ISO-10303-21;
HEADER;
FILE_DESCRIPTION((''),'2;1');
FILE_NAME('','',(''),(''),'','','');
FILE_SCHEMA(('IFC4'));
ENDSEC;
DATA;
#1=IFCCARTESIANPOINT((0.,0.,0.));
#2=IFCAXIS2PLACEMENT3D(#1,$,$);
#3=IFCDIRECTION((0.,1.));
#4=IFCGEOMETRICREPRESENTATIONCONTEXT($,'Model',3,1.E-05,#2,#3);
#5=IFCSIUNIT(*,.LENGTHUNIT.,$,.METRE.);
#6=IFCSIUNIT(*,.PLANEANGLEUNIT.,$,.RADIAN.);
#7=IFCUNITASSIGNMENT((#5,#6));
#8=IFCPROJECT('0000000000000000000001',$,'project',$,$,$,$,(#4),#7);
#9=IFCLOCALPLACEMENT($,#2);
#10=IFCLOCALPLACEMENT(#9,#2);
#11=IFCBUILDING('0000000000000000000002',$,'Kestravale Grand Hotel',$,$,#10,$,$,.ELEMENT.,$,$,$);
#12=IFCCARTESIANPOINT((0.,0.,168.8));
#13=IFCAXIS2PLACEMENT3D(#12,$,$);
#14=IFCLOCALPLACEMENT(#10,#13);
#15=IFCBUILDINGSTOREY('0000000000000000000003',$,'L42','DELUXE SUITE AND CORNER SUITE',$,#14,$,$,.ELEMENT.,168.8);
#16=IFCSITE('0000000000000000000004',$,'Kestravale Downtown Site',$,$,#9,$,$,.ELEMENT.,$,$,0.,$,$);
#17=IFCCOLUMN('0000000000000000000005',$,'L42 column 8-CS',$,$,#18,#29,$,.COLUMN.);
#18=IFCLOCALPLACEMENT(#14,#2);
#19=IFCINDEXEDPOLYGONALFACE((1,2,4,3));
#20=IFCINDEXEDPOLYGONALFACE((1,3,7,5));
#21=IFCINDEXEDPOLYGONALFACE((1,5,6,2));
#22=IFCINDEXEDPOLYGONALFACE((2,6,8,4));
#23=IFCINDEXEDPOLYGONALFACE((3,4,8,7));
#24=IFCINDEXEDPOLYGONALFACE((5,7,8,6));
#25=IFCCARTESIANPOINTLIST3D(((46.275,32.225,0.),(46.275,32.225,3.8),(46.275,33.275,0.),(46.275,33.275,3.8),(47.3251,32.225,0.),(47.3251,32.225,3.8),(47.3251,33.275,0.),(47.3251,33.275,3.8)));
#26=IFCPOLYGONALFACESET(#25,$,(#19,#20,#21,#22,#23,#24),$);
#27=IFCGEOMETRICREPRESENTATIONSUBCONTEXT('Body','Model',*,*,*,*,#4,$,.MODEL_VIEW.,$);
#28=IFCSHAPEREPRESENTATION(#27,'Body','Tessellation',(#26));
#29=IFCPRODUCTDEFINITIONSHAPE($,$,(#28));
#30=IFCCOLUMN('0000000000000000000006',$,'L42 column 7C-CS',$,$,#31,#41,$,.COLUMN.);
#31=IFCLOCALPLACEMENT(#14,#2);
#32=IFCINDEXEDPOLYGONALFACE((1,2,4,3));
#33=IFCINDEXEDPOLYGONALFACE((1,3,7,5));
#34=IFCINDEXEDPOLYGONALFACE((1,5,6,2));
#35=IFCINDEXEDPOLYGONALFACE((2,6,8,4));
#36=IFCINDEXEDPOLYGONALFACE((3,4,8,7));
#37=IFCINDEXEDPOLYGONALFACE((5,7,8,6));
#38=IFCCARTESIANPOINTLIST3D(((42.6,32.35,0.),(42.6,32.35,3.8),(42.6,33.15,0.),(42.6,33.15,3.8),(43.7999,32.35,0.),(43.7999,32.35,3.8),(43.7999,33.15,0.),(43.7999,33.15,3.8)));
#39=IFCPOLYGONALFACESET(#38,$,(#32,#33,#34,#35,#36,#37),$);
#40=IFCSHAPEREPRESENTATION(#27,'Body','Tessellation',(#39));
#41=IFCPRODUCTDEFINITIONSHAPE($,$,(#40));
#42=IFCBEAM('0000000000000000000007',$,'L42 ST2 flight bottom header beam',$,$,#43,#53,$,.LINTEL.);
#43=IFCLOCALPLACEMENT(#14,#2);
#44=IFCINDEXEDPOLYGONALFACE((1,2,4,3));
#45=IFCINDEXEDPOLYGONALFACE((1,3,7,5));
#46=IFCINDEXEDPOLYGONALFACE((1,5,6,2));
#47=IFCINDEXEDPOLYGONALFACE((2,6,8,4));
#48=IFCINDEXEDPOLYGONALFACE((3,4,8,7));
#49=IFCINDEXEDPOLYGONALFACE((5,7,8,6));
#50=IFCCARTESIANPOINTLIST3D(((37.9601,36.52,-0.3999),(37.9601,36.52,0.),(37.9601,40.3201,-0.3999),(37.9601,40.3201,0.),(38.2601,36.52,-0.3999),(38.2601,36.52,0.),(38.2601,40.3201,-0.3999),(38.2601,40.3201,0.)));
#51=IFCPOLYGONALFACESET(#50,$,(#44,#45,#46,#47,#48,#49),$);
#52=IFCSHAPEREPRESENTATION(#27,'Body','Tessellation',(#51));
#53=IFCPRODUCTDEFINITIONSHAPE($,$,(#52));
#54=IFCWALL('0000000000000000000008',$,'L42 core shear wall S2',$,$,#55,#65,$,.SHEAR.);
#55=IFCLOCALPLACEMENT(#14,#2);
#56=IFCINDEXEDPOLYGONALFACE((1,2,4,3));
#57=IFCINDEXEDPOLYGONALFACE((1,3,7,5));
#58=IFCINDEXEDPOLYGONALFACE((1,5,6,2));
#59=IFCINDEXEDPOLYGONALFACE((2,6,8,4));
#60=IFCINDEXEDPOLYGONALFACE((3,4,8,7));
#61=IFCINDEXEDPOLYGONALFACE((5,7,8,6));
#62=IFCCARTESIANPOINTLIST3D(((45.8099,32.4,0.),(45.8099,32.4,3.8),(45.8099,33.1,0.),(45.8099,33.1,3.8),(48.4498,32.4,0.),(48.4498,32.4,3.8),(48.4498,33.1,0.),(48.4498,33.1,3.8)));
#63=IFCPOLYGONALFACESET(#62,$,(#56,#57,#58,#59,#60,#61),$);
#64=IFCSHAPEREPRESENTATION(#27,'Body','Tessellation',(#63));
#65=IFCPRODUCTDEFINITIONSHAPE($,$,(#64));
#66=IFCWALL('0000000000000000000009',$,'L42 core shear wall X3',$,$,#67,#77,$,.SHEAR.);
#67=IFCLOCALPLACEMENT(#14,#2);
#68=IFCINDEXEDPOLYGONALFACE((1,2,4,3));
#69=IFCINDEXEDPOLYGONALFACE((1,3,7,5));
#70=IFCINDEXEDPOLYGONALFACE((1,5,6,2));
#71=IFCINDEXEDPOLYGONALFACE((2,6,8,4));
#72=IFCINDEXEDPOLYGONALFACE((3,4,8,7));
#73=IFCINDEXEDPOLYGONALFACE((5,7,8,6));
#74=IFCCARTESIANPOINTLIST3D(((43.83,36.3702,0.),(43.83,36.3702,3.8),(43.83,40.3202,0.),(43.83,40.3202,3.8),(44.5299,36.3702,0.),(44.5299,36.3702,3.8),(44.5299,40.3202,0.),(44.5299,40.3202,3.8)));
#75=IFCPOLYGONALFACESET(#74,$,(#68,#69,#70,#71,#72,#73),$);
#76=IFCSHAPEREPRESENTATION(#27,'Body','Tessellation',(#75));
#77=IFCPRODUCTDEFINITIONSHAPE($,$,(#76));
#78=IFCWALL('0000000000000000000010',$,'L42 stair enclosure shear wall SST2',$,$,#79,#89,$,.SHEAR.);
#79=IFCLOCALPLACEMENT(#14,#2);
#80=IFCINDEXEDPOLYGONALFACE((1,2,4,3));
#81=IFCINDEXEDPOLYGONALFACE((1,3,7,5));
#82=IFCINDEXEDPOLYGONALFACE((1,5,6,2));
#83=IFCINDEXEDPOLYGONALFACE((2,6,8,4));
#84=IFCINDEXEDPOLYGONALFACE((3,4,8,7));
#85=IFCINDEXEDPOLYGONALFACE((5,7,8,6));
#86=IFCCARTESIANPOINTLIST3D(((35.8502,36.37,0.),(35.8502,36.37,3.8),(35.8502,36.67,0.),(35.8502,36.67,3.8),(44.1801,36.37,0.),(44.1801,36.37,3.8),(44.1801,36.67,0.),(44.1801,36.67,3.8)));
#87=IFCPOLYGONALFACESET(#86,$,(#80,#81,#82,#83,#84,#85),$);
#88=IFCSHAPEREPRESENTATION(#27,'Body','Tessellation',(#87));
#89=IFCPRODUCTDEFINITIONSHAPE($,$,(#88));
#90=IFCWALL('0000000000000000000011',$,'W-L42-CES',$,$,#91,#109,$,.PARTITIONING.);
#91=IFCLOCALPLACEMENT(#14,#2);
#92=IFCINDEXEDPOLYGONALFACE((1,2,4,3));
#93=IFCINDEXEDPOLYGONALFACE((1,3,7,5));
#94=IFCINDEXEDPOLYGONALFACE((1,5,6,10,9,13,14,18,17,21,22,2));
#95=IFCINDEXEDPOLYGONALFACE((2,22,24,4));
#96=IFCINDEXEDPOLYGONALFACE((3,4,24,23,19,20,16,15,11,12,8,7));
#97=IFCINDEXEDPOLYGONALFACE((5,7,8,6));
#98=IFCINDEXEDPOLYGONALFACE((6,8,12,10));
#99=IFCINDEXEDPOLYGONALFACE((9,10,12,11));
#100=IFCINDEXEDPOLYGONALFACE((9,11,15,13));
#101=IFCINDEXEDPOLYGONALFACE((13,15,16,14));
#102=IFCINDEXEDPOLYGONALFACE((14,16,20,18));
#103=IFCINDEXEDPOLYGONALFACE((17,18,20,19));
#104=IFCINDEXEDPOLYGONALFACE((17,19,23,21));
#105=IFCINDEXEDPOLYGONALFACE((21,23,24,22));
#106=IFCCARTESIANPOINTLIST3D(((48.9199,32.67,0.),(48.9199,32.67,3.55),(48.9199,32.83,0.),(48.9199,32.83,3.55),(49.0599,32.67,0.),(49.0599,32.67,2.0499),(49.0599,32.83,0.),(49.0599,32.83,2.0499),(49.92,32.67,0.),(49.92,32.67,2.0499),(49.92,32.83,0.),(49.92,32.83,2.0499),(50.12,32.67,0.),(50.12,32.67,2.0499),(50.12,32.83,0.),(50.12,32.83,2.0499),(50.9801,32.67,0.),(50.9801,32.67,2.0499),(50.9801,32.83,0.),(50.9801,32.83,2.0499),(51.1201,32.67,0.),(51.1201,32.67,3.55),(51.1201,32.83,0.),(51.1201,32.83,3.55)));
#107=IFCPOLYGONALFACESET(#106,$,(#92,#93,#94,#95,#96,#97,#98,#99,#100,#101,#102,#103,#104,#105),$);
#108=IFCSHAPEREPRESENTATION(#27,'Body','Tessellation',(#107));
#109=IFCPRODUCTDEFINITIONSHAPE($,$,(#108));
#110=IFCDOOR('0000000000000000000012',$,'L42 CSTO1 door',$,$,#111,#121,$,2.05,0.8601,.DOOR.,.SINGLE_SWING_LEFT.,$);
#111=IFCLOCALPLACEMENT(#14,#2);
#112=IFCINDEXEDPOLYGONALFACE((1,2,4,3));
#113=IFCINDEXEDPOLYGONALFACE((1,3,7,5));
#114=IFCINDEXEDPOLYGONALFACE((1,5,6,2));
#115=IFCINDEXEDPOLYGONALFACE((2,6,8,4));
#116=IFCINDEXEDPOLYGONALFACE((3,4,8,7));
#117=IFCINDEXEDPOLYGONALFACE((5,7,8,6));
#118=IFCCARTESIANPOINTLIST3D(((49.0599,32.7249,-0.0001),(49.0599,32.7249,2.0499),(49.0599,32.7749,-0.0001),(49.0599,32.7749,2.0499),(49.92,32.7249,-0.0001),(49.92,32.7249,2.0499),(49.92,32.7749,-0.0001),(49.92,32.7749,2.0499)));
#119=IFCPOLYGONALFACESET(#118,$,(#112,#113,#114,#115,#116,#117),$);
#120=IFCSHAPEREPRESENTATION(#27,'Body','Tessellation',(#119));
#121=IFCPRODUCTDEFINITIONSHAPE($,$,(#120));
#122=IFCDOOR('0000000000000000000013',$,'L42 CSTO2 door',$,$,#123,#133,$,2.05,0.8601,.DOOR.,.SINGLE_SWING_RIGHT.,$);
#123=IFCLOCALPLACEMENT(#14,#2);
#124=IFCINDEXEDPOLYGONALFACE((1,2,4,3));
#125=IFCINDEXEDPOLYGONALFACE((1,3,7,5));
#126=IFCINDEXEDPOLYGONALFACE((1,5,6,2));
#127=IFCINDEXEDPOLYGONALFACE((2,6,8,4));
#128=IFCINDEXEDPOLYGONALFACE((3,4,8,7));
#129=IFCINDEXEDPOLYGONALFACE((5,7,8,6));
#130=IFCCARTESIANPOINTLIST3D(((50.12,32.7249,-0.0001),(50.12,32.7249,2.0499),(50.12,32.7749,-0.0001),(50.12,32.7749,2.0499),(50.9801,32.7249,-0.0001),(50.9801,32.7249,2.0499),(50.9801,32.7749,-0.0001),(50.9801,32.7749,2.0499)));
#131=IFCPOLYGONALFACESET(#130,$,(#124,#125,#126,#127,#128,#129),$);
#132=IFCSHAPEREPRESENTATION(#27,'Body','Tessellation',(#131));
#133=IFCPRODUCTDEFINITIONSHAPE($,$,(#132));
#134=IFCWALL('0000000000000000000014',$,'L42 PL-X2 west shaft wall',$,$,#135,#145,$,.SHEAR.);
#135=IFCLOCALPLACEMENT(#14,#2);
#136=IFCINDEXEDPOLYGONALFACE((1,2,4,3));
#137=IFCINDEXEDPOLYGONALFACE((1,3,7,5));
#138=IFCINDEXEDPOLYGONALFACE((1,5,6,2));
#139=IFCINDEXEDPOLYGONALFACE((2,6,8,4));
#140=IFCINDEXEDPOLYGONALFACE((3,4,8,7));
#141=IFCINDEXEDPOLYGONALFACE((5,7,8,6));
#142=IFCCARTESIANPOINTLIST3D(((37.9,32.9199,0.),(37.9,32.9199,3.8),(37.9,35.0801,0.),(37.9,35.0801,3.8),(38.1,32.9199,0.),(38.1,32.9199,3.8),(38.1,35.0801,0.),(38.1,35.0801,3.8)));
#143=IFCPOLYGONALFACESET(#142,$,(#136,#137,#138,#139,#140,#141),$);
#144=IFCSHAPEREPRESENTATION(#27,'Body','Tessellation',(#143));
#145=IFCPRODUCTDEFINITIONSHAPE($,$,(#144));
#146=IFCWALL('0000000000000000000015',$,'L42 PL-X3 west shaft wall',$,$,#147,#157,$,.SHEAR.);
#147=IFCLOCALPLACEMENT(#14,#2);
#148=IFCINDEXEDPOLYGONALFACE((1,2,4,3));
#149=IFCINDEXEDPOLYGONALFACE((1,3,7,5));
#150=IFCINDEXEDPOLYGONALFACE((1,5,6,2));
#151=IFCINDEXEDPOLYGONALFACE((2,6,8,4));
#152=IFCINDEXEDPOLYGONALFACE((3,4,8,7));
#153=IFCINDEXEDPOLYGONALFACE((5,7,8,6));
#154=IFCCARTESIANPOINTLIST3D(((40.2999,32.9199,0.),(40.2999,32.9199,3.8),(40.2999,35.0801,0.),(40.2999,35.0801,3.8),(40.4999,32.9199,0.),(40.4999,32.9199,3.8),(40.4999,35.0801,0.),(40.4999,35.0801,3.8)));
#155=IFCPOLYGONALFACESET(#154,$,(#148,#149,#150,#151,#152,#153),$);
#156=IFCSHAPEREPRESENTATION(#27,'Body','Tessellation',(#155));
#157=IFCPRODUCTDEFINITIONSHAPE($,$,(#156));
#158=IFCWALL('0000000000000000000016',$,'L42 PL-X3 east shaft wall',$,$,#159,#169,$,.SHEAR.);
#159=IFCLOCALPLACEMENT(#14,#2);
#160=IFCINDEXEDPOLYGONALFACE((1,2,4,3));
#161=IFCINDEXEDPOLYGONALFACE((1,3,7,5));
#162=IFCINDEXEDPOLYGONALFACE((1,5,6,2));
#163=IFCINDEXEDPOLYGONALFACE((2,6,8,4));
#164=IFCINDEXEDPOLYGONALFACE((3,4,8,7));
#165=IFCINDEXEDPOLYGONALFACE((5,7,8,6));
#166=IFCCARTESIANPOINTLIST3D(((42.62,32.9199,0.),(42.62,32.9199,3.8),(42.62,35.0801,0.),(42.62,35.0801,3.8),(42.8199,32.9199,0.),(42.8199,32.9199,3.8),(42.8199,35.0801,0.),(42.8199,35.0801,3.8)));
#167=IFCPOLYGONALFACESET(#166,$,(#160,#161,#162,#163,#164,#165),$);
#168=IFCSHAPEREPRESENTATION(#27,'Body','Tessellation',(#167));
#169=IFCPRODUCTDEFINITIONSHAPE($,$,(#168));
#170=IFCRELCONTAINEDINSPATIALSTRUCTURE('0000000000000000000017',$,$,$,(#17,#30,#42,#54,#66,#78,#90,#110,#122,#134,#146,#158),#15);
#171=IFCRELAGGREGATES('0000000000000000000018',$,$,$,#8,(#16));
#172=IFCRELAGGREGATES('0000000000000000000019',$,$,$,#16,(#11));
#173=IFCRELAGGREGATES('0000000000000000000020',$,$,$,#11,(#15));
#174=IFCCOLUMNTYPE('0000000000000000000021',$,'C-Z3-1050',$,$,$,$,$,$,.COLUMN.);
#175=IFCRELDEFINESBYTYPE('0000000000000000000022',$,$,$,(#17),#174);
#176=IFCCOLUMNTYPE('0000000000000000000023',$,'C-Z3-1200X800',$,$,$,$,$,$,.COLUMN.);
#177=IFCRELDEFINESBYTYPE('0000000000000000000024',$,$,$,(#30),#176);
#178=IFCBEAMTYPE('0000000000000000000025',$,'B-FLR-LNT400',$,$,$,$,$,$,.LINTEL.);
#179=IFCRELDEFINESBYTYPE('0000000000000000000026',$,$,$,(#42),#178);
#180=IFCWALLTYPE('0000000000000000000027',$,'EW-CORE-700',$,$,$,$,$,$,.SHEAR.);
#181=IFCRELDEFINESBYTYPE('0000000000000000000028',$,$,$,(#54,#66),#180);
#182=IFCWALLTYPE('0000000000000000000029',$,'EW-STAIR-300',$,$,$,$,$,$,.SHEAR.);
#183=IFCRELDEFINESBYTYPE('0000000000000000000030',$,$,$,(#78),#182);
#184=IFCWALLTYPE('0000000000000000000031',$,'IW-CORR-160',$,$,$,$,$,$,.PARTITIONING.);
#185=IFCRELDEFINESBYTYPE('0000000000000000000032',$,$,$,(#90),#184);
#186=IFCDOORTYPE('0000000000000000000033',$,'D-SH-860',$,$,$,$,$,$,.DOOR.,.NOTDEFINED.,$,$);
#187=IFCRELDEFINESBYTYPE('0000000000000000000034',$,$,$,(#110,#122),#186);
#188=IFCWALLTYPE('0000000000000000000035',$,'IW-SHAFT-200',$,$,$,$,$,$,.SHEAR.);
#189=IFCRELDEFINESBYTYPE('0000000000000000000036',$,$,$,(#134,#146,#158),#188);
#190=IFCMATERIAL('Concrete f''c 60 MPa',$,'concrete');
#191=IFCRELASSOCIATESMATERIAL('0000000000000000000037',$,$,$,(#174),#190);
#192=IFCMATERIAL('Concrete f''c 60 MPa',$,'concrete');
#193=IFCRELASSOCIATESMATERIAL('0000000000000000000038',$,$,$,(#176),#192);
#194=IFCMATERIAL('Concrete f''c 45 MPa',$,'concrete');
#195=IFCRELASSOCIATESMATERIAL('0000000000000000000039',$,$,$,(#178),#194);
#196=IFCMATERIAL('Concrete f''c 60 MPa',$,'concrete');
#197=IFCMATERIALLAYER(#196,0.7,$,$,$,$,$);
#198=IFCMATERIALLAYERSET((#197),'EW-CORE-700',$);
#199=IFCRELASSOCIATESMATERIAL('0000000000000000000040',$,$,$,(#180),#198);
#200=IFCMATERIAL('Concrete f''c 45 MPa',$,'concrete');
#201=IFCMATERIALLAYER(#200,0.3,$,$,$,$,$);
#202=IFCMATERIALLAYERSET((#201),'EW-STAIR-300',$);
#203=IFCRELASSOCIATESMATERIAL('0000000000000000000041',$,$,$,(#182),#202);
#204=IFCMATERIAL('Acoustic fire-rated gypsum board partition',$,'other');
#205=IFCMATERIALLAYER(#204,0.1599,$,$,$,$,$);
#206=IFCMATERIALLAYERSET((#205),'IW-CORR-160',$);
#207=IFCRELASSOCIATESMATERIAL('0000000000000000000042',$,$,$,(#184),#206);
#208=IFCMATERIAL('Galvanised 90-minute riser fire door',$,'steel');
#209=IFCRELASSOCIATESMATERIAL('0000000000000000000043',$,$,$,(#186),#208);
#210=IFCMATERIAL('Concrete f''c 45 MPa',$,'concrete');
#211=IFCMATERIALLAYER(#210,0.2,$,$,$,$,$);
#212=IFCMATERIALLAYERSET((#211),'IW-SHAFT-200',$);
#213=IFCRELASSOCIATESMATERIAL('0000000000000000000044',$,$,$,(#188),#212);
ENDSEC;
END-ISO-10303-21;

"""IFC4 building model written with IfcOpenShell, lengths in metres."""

from ifc_helpers import new_model, si_unit, direction, frame, frame_2d, origin, origin_2d, place, context, subcontext, project, spatial, rectangle, extrude, material, layer, layer_set, material_profile, profile_set, type_object, element, fill, save


model = new_model("IFC4")

# Units and contexts
model_context = context("Model", 3, precision=1e-05, world=origin(), true_north=direction((0.0, 1.0)))
body_context = subcontext(model_context, "Body", "Model", "MODEL_VIEW")
ifc_project = project(units=[si_unit("LENGTHUNIT", "METRE"), si_unit("PLANEANGLEUNIT", "RADIAN")], contexts=[model_context])

# Site, building, storey
site_placement = place(None, origin())
site = spatial("IfcSite", under=ifc_project, at=site_placement, Name="Kestravale Downtown Site", CompositionType="ELEMENT", RefElevation=0.0)
building_placement = place(site_placement, origin())
building = spatial("IfcBuilding", under=site, at=building_placement, Name="Kestravale Grand Hotel", CompositionType="ELEMENT")
storey_placement = place(building_placement, frame((0.0, 0.0, 168.8)))
storey = spatial("IfcBuildingStorey", under=building, at=storey_placement, Name="L42", Description="DELUXE SUITE AND CORNER SUITE", CompositionType="ELEMENT", Elevation=168.8)

# Columns
ifc_material_1 = material(Name="Concrete f'c 60 MPa", Category="concrete")
ifc_material_profile_1 = material_profile(ifc_material_1, rectangle(XDim=1.05, YDim=1.05, at=origin_2d()))
ifc_profile_set_1 = profile_set([ifc_material_profile_1], Name="Concrete f'c 60 MPa")
column_type_1 = type_object("IfcColumnType", Name="C-Z3-1050", PredefinedType="COLUMN", material=ifc_profile_set_1)
column_1_placement = place(storey_placement, frame((46.8, 32.75, 0.0), z_axis=(0.0, 0.0, 1.0), x_axis=(1.0, 0.0, 0.0)))
element("IfcColumn", 1, at=column_1_placement, inside=storey, type_object=column_type_1, Name="L42 column 8-CS", PredefinedType="COLUMN", context=body_context, shape_type="SweptSolid", body=[
    extrude(rectangle(XDim=1.05, YDim=1.05, at=origin_2d()), origin(), (0.0, 0.0, 1.0), 3.8),
])
ifc_material_2 = material(Name="Concrete f'c 60 MPa", Category="concrete")
ifc_material_profile_2 = material_profile(ifc_material_2, rectangle(XDim=1.2, YDim=0.8, at=origin_2d()))
ifc_profile_set_2 = profile_set([ifc_material_profile_2], Name="Concrete f'c 60 MPa")
column_type_2 = type_object("IfcColumnType", Name="C-Z3-1200X800", PredefinedType="COLUMN", material=ifc_profile_set_2)
column_2_placement = place(storey_placement, frame((43.2, 32.75, 0.0), z_axis=(0.0, 0.0, 1.0), x_axis=(1.0, 0.0, 0.0)))
element("IfcColumn", 2, at=column_2_placement, inside=storey, type_object=column_type_2, Name="L42 column 7C-CS", PredefinedType="COLUMN", context=body_context, shape_type="SweptSolid", body=[
    extrude(rectangle(XDim=1.2, YDim=0.8, at=origin_2d()), origin(), (0.0, 0.0, 1.0), 3.8),
])

# Beam
ifc_material_3 = material(Name="Concrete f'c 45 MPa", Category="concrete")
ifc_material_profile_3 = material_profile(ifc_material_3, rectangle(XDim=0.3, YDim=0.3999, at=origin_2d()))
ifc_profile_set_3 = profile_set([ifc_material_profile_3], Name="Concrete f'c 45 MPa")
beam_type = type_object("IfcBeamType", Name="B-FLR-LNT400", PredefinedType="LINTEL", material=ifc_profile_set_3)
beam_placement = place(storey_placement, frame((38.1101, 36.52, -0.2), z_axis=(0.0, 1.0, 0.0), x_axis=(-1.0, 0.0, 0.0)))
element("IfcBeam", 3, at=beam_placement, inside=storey, type_object=beam_type, Name="L42 ST2 flight bottom header beam", PredefinedType="LINTEL", context=body_context, shape_type="SweptSolid", body=[
    extrude(rectangle(XDim=0.3, YDim=0.3999, at=origin_2d()), origin(), (0.0, 0.0, 1.0), 3.8),
])

# Walls
ifc_material_4 = material(Name="Concrete f'c 60 MPa", Category="concrete")
ifc_layer_1 = layer(ifc_material_4, 0.7)
ifc_layer_set_1 = layer_set([ifc_layer_1], Name="EW-CORE-700")
wall_type_1 = type_object("IfcWallType", Name="EW-CORE-700", PredefinedType="SHEAR", material=ifc_layer_set_1)
wall_1_placement = place(storey_placement, frame((45.8101, 32.75, 0.0), z_axis=(0.0, 0.0, 1.0), x_axis=(1.0, 0.0, 0.0)))
element("IfcWall", 4, at=wall_1_placement, inside=storey, type_object=wall_type_1, Name="L42 core shear wall S2", PredefinedType="SHEAR", context=body_context, shape_type="SweptSolid", body=[
    extrude(rectangle(XDim=2.6399, YDim=0.7, at=frame_2d((1.3198, 0.0))), origin(), (0.0, 0.0, 1.0), 3.8),
])
wall_2_placement = place(storey_placement, frame((44.1799, 36.3701, 0.0), z_axis=(0.0, 0.0, 1.0), x_axis=(0.0, 1.0, 0.0)))
element("IfcWall", 5, at=wall_2_placement, inside=storey, type_object=wall_type_1, Name="L42 core shear wall X3", PredefinedType="SHEAR", context=body_context, shape_type="SweptSolid", body=[
    extrude(rectangle(XDim=3.95, YDim=0.7, at=frame_2d((1.9751, 0.0))), origin(), (0.0, 0.0, 1.0), 3.8),
])

# Wall
ifc_material_5 = material(Name="Concrete f'c 45 MPa", Category="concrete")
ifc_layer_2 = layer(ifc_material_5, 0.3)
ifc_layer_set_2 = layer_set([ifc_layer_2], Name="EW-STAIR-300")
wall_type_2 = type_object("IfcWallType", Name="EW-STAIR-300", PredefinedType="SHEAR", material=ifc_layer_set_2)
wall_3_placement = place(storey_placement, frame((35.8501, 36.52, 0.0), z_axis=(0.0, 0.0, 1.0), x_axis=(1.0, 0.0, 0.0)))
element("IfcWall", 6, at=wall_3_placement, inside=storey, type_object=wall_type_2, Name="L42 stair enclosure shear wall SST2", PredefinedType="SHEAR", context=body_context, shape_type="SweptSolid", body=[
    extrude(rectangle(XDim=8.3298, YDim=0.3, at=frame_2d((4.165, 0.0))), origin(), (0.0, 0.0, 1.0), 3.8),
])

# Wall, openings, doors
ifc_material_6 = material(Name="Acoustic fire-rated gypsum board partition", Category="other")
ifc_layer_3 = layer(ifc_material_6, 0.1599)
ifc_layer_set_3 = layer_set([ifc_layer_3], Name="IW-CORR-160")
wall_type_3 = type_object("IfcWallType", Name="IW-CORR-160", PredefinedType="PARTITIONING", material=ifc_layer_set_3)
wall_4_placement = place(storey_placement, frame((48.9199, 32.75, 0.0), z_axis=(0.0, 0.0, 1.0), x_axis=(1.0, 0.0, 0.0)))
wall_4 = element("IfcWall", 7, at=wall_4_placement, inside=storey, type_object=wall_type_3, Name="W-L42-CES", PredefinedType="PARTITIONING", context=body_context, shape_type="SweptSolid", body=[
    extrude(rectangle(XDim=2.2002, YDim=0.1599, at=frame_2d((1.1001, 0.0))), origin(), (0.0, 0.0, 1.0), 3.55),
])
opening_1_placement = place(wall_4_placement, frame((0.1399, 0.0, 0.0)))
opening_1 = element("IfcOpeningElement", 8, at=opening_1_placement, cuts=wall_4, PredefinedType="OPENING", context=body_context, shape_type="SweptSolid", body=[
    extrude(rectangle(XDim=0.8601, YDim=2.05, at=frame_2d((0.4302, 1.0249))), frame((0.0, 0.0898, 0.0), z_axis=(0.0, -1.0, 0.0), x_axis=(1.0, 0.0, 0.0)), (0.0, 0.0, 1.0), 0.1799),
])
opening_2_placement = place(wall_4_placement, frame((1.2, 0.0, 0.0)))
opening_2 = element("IfcOpeningElement", 9, at=opening_2_placement, cuts=wall_4, PredefinedType="OPENING", context=body_context, shape_type="SweptSolid", body=[
    extrude(rectangle(XDim=0.8601, YDim=2.05, at=frame_2d((0.4302, 1.0249))), frame((0.0, 0.0898, 0.0), z_axis=(0.0, -1.0, 0.0), x_axis=(1.0, 0.0, 0.0)), (0.0, 0.0, 1.0), 0.1799),
])
ifc_material_7 = material(Name="Galvanised 90-minute riser fire door", Category="steel")
door_type_1 = type_object("IfcDoorType", Name="D-SH-860", OperationType="NOTDEFINED", PredefinedType="DOOR", material=ifc_material_7)
door_1_placement = place(opening_1_placement, origin())
door_1 = element("IfcDoor", 10, at=door_1_placement, inside=storey, type_object=door_type_1, Name="L42 CSTO1 door", OperationType="SINGLE_SWING_LEFT", OverallHeight=2.05, OverallWidth=0.8601, PredefinedType="DOOR", context=body_context, shape_type="SweptSolid", body=[
    extrude(rectangle(XDim=0.8601, YDim=2.05, at=frame_2d((0.4302, 1.0249))), frame((0.0, 0.0249, 0.0), z_axis=(0.0, -1.0, 0.0), x_axis=(1.0, 0.0, 0.0)), (0.0, 0.0, 1.0), 0.05),
])
fill(opening_1, door_1)
door_2_placement = place(opening_2_placement, origin())
door_2 = element("IfcDoor", 11, at=door_2_placement, inside=storey, type_object=door_type_1, Name="L42 CSTO2 door", OperationType="SINGLE_SWING_RIGHT", OverallHeight=2.05, OverallWidth=0.8601, PredefinedType="DOOR", context=body_context, shape_type="SweptSolid", body=[
    extrude(rectangle(XDim=0.8601, YDim=2.05, at=frame_2d((0.4302, 1.0249))), frame((0.0, 0.0249, 0.0), z_axis=(0.0, -1.0, 0.0), x_axis=(1.0, 0.0, 0.0)), (0.0, 0.0, 1.0), 0.05),
])
fill(opening_2, door_2)

# Walls
ifc_material_8 = material(Name="Concrete f'c 45 MPa", Category="concrete")
ifc_layer_4 = layer(ifc_material_8, 0.2)
ifc_layer_set_4 = layer_set([ifc_layer_4], Name="IW-SHAFT-200")
wall_type_4 = type_object("IfcWallType", Name="IW-SHAFT-200", PredefinedType="SHEAR", material=ifc_layer_set_4)
for number, where, z_axis, x_axis, name in (
    (12, (38.0, 32.9199, 0.0), (0.0, 0.0, 1.0), (0.0, 1.0, 0.0), "L42 PL-X2 west shaft wall"),
    (13, (40.3999, 32.9199, 0.0), (0.0, 0.0, 1.0), (0.0, 1.0, 0.0), "L42 PL-X3 west shaft wall"),
    (14, (42.72, 32.9199, 0.0), (0.0, 0.0, 1.0), (0.0, 1.0, 0.0), "L42 PL-X3 east shaft wall"),
):
    element("IfcWall", number, at=place(storey_placement, frame(where, z_axis=z_axis, x_axis=x_axis)), inside=storey, type_object=wall_type_4, Name=name, PredefinedType="SHEAR", context=body_context, shape_type="SweptSolid", body=[
        extrude(rectangle(XDim=2.1602, YDim=0.2, at=frame_2d((1.0801, 0.0))), origin(), (0.0, 0.0, 1.0), 3.8),
    ])

save(model, "model.ifc")
